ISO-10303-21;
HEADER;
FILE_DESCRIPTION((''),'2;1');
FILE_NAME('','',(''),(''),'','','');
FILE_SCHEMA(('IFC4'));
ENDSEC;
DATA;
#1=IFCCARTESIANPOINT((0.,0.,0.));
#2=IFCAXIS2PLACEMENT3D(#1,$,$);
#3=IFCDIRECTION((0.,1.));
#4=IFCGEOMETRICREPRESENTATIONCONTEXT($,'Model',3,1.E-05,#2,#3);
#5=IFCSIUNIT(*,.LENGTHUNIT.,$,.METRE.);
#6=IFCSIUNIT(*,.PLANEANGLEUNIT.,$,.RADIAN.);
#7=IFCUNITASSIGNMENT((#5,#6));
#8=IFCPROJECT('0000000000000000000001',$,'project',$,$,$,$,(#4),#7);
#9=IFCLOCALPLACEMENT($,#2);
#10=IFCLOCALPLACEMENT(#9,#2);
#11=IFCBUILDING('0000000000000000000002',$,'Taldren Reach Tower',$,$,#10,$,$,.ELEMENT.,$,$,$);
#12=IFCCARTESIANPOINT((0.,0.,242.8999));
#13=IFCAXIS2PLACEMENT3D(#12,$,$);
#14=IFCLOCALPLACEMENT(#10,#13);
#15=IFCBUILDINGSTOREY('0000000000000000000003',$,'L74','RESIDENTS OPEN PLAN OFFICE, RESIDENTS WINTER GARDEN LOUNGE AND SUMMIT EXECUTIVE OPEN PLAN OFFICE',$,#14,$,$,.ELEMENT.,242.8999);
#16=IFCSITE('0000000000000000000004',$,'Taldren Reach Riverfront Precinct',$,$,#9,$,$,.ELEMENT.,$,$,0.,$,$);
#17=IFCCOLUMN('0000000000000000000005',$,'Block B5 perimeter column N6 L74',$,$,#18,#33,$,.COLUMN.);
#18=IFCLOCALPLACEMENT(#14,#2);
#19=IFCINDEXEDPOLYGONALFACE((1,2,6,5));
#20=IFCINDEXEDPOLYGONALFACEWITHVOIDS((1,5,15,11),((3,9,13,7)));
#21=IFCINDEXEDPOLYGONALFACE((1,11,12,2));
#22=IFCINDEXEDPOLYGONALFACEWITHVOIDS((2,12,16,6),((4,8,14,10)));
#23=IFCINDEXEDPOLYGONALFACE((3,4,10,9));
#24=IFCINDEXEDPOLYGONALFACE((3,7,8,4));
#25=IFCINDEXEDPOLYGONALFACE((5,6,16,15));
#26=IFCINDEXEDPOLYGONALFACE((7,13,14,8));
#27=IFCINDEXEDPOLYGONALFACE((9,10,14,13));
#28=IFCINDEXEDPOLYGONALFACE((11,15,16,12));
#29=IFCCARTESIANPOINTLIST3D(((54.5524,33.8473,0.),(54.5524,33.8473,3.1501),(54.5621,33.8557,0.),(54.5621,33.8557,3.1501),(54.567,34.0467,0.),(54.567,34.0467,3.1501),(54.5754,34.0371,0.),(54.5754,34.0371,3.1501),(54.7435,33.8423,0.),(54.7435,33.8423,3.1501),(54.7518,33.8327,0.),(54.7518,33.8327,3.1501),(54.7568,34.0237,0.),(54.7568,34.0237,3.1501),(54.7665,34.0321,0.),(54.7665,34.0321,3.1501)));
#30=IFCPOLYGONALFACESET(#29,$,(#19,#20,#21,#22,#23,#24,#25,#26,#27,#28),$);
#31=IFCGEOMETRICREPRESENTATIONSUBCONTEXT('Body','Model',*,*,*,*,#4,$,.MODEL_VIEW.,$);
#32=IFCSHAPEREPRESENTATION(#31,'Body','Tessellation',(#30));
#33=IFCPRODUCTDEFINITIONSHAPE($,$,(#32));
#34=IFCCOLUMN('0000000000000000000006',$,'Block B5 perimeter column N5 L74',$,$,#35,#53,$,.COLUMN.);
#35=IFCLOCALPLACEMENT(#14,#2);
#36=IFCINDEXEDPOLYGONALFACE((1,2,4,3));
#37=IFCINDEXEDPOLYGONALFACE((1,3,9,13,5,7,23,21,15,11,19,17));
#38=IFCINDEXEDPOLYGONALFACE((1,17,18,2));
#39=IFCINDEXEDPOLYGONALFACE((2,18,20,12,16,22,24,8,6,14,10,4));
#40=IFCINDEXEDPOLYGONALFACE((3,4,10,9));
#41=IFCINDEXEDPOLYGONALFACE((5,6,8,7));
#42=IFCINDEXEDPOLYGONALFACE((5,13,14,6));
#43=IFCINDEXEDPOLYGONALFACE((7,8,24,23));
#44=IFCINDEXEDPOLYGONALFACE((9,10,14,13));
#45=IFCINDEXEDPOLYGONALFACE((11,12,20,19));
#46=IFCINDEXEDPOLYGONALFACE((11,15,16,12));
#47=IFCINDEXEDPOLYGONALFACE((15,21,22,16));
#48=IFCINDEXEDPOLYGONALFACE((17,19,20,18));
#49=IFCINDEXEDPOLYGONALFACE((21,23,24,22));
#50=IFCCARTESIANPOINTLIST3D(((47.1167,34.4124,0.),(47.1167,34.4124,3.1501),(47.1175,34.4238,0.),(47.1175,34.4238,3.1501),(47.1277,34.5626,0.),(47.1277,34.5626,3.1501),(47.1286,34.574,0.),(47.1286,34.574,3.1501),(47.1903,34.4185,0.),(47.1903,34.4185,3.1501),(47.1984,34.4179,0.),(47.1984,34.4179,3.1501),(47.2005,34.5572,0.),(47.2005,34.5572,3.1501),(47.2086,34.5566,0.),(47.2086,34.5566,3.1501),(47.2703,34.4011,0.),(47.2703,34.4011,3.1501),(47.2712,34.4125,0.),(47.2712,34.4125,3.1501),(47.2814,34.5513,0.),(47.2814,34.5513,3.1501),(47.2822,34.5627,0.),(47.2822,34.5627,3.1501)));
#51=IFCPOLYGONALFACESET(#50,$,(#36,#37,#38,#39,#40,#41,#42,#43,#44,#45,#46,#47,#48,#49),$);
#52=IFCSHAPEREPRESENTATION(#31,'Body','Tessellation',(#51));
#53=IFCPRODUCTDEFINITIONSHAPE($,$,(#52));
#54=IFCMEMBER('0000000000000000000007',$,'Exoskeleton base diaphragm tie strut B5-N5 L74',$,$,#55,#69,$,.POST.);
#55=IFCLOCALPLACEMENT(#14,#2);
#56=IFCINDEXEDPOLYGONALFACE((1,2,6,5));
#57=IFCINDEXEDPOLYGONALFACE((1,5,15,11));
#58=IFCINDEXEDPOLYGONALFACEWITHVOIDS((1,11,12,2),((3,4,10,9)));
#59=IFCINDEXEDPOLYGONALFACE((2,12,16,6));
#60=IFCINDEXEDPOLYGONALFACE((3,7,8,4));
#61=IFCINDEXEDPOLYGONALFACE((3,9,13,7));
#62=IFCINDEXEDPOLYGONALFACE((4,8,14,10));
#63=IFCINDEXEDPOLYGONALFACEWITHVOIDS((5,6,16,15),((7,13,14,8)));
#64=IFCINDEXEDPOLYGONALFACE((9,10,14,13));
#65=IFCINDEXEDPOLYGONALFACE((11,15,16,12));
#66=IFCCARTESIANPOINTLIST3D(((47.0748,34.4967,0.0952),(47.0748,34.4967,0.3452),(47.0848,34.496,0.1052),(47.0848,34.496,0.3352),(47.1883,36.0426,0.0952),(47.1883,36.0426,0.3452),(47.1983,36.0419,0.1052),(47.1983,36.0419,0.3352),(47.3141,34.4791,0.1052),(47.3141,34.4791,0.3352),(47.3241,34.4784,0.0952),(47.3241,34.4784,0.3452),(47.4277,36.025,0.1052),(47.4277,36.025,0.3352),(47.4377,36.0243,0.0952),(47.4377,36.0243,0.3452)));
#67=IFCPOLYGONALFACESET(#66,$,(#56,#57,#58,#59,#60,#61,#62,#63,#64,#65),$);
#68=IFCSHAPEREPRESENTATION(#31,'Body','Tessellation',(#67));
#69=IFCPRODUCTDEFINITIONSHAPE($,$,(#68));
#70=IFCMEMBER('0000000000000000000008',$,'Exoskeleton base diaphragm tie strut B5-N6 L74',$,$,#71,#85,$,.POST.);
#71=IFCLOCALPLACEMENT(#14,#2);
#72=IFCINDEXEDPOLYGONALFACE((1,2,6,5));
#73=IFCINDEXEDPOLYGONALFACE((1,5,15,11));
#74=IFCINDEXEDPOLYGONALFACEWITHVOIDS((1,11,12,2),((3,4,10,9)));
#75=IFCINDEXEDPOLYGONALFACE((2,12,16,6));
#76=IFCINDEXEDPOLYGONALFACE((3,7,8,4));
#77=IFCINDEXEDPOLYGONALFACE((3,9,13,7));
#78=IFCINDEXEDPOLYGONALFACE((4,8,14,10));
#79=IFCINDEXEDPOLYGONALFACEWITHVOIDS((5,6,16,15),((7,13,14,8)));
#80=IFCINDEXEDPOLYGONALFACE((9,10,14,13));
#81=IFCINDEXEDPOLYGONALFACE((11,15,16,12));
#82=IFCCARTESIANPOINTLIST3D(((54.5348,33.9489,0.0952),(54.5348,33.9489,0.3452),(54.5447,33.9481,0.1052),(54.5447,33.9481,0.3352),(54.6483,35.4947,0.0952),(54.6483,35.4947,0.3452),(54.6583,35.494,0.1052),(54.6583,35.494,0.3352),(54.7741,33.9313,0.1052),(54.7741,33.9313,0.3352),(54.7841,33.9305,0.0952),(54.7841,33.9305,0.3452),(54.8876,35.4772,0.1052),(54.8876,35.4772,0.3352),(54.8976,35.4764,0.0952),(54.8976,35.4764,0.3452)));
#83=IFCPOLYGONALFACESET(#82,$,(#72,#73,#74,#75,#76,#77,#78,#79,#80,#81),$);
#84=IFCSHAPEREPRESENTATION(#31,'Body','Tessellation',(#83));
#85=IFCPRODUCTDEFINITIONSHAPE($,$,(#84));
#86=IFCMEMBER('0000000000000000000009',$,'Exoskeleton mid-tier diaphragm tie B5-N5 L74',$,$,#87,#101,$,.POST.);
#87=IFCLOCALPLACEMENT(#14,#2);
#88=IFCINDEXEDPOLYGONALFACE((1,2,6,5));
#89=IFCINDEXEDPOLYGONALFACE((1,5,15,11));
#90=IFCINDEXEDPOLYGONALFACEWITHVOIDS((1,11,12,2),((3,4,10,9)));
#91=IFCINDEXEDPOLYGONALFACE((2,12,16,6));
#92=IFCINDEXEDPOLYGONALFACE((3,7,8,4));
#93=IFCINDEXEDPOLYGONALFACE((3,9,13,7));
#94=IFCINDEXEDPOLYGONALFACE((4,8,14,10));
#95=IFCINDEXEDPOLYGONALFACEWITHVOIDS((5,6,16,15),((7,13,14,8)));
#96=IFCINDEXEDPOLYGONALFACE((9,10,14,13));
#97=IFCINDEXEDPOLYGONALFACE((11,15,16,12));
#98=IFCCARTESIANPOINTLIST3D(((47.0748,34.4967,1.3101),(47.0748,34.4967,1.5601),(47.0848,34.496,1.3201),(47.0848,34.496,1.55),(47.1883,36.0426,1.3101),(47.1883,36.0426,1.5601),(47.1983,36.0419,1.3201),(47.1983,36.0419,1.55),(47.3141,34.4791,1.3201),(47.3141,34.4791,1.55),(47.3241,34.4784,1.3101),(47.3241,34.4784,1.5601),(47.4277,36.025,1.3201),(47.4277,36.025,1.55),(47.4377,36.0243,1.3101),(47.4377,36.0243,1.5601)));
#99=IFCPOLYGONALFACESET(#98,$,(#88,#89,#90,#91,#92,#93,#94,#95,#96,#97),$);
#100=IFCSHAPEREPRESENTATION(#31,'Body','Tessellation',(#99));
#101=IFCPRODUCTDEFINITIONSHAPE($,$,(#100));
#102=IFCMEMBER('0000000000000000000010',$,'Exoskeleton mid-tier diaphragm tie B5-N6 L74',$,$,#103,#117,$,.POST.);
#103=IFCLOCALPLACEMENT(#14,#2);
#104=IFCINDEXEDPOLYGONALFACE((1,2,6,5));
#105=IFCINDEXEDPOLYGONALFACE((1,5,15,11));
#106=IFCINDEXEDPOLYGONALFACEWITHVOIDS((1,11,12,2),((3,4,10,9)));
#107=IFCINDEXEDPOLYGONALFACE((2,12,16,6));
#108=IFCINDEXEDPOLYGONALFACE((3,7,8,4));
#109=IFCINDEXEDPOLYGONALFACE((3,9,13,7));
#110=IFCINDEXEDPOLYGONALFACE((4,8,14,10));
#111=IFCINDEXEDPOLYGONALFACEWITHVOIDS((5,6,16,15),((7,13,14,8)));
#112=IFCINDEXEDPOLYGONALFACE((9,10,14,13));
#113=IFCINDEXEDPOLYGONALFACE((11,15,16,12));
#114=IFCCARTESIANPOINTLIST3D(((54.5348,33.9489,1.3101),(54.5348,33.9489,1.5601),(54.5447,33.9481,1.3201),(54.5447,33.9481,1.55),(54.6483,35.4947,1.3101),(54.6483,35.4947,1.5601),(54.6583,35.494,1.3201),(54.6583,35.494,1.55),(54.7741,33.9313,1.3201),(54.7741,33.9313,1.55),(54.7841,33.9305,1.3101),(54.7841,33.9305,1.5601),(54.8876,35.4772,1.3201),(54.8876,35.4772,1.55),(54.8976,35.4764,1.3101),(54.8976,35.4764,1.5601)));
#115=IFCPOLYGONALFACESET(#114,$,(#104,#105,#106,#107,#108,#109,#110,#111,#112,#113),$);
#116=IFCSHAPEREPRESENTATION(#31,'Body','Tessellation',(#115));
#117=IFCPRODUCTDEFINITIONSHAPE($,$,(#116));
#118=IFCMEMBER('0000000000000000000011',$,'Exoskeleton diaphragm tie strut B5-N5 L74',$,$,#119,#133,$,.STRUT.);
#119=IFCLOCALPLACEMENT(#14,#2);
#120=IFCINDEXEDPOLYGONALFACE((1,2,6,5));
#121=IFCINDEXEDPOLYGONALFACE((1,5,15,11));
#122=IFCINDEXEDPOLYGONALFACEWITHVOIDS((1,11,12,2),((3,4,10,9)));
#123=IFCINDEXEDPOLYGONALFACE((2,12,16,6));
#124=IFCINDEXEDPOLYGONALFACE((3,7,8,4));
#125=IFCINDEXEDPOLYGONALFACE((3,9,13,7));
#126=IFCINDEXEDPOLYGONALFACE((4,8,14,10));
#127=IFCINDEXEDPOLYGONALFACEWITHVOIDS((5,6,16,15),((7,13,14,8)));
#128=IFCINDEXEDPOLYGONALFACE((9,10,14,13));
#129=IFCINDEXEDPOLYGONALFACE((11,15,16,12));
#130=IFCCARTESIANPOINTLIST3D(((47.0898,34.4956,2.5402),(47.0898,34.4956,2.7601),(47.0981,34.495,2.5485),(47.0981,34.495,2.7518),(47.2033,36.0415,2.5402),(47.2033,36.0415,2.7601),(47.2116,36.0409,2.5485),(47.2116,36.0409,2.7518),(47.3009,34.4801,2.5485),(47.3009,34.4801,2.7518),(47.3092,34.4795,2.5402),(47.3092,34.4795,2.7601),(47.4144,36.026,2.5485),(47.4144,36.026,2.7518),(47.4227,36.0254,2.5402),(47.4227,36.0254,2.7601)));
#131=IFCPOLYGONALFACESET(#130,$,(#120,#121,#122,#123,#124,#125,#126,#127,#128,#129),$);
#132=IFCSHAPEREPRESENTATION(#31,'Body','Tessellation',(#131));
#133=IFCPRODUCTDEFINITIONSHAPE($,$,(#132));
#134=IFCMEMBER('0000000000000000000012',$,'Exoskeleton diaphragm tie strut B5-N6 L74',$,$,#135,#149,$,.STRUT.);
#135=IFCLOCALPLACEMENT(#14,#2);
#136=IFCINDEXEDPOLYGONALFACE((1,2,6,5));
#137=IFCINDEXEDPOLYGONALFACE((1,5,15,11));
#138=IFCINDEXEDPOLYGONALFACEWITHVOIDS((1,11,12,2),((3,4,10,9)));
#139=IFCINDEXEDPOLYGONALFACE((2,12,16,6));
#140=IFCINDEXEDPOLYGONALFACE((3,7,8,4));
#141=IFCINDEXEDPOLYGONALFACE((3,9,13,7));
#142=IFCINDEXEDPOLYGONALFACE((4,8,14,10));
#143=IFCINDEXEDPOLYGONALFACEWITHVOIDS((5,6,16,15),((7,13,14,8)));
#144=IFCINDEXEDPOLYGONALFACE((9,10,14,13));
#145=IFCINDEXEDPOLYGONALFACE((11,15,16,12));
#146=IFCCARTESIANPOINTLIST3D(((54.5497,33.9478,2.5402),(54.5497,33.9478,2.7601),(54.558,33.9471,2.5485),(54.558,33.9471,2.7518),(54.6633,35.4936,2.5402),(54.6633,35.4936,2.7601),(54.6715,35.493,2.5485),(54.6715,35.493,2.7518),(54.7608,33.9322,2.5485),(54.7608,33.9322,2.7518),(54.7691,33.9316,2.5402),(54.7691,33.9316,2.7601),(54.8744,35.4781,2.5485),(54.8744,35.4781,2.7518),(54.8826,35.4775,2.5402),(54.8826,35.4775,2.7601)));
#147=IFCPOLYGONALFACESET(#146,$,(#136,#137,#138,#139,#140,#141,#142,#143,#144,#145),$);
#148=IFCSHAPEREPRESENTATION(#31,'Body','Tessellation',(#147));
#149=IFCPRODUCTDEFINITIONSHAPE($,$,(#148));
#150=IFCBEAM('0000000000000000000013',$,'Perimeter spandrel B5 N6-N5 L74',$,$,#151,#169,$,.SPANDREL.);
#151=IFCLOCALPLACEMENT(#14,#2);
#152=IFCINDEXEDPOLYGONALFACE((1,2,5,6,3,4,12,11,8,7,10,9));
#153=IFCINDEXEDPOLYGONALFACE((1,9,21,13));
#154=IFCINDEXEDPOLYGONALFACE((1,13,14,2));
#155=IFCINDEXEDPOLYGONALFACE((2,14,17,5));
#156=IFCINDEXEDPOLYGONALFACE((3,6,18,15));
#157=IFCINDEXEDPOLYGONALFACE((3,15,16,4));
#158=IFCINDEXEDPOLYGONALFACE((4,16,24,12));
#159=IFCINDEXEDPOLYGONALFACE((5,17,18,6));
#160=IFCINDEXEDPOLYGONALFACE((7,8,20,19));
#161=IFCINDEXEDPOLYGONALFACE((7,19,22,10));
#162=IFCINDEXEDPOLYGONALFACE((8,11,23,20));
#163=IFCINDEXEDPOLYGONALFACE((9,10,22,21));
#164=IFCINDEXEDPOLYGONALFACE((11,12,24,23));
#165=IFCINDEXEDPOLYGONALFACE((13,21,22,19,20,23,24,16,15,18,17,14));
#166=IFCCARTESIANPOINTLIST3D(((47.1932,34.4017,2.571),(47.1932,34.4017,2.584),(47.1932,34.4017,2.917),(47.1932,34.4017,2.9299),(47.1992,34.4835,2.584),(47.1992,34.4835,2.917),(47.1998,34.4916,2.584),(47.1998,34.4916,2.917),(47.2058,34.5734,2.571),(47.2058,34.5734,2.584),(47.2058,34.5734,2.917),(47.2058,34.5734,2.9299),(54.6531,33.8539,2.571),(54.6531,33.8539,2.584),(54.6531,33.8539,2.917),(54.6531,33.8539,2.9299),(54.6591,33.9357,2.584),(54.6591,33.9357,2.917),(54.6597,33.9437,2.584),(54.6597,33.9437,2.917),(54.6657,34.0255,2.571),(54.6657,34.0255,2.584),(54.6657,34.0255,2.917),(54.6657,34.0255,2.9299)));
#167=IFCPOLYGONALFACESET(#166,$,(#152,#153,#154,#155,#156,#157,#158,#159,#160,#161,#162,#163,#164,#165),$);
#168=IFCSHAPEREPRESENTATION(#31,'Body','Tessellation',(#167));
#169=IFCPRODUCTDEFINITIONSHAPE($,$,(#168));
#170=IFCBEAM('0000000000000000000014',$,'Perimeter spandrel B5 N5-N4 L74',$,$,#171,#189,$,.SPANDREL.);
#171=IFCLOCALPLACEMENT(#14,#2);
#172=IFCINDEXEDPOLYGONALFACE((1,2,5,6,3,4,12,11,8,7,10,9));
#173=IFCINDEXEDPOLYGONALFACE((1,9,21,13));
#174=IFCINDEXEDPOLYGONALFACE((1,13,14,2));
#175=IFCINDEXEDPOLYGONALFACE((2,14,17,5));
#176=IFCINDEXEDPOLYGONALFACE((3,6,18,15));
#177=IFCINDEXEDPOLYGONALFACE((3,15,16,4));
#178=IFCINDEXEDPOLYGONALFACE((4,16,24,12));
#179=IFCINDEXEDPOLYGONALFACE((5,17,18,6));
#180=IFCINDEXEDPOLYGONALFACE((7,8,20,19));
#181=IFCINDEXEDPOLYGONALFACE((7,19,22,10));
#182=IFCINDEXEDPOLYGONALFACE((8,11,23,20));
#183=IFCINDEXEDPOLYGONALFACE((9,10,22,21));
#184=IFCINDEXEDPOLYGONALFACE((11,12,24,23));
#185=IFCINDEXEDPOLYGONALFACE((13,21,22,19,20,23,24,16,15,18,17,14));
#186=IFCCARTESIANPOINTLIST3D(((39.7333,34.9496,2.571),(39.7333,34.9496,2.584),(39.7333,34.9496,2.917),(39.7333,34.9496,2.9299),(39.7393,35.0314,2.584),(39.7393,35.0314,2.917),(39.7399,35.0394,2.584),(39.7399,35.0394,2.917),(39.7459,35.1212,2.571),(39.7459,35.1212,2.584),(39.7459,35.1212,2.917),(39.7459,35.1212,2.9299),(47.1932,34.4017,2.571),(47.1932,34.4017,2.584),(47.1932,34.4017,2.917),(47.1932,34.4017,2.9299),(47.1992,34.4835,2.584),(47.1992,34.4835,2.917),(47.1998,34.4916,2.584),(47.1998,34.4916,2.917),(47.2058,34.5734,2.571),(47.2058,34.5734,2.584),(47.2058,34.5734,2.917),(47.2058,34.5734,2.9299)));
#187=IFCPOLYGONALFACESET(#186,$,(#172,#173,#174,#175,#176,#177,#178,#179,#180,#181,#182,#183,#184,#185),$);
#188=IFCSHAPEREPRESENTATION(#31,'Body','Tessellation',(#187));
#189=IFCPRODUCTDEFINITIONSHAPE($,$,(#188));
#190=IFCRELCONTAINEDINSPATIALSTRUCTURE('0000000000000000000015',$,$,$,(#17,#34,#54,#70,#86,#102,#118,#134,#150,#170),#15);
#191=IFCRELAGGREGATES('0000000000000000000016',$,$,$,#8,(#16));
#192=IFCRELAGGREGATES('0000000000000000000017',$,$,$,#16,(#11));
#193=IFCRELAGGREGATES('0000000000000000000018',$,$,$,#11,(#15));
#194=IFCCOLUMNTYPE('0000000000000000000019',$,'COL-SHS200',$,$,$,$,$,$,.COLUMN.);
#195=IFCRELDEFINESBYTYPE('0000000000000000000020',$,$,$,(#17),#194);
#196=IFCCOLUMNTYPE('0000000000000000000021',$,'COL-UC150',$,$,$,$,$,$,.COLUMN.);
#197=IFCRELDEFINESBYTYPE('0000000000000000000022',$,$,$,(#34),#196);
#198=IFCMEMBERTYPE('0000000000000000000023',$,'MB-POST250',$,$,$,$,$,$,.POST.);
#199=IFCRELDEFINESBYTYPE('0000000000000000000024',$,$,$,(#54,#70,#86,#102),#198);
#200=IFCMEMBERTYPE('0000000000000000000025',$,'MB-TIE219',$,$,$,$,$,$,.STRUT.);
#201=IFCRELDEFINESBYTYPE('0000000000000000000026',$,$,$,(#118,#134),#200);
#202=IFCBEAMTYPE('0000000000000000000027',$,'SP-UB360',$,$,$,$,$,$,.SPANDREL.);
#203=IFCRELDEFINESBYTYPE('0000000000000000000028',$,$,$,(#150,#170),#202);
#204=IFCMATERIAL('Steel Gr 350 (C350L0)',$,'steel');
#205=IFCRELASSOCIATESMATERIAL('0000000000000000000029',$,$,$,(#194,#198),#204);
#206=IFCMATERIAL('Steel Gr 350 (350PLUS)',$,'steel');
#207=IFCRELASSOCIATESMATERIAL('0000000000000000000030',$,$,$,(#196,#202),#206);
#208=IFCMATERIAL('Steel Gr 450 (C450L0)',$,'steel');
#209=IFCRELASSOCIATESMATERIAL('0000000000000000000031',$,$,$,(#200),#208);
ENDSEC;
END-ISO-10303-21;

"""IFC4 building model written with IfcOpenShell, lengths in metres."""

from ifc_helpers import new_model, si_unit, direction, frame, origin, origin_2d, place, context, subcontext, project, spatial, hollow_rectangle, i_section, extrude, source, transform, mapped, material, material_profile, profile_set, type_object, element, save


model = new_model("IFC4")

# Units and contexts
model_context = context("Model", 3, precision=1e-05, world=origin(), true_north=direction((0.0, 1.0)))
body_context = subcontext(model_context, "Body", "Model", "MODEL_VIEW")
ifc_project = project(units=[si_unit("LENGTHUNIT", "METRE"), si_unit("PLANEANGLEUNIT", "RADIAN")], contexts=[model_context])

# Site, building, storey
site_placement = place(None, origin())
site = spatial("IfcSite", under=ifc_project, at=site_placement, Name="Taldren Reach Riverfront Precinct", CompositionType="ELEMENT", RefElevation=0.0)
building_placement = place(site_placement, origin())
building = spatial("IfcBuilding", under=site, at=building_placement, Name="Taldren Reach Tower", CompositionType="ELEMENT")
storey_placement = place(building_placement, frame((0.0, 0.0, 242.8999)))
storey = spatial("IfcBuildingStorey", under=building, at=storey_placement, Name="L74", Description="RESIDENTS OPEN PLAN OFFICE, RESIDENTS WINTER GARDEN LOUNGE AND SUMMIT EXECUTIVE OPEN PLAN OFFICE", CompositionType="ELEMENT", Elevation=242.8999)

# Columns
ifc_material_1 = material(Name="Steel Gr 350 (C350L0)", Category="steel")
ifc_material_profile_1 = material_profile(ifc_material_1, hollow_rectangle(XDim=0.2, YDim=0.2, WallThickness=0.009, at=origin_2d()), Name="200x200x9.0SHS")
ifc_profile_set_1 = profile_set([ifc_material_profile_1], Name="Steel Gr 350 (C350L0)")
column_type_1 = type_object("IfcColumnType", Name="COL-SHS200", PredefinedType="COLUMN", material=ifc_profile_set_1)
shared_shape_1 = source(origin(), body_context, "Body", "SweptSolid", [
    extrude(hollow_rectangle(XDim=0.2, YDim=0.2, WallThickness=0.009, at=origin_2d()), origin(), (0.0, 0.0, 1.0), 3.1501),
])
column_1_placement = place(storey_placement, frame((54.6594, 33.9397, 0.0), z_axis=(0.0, 0.0, 1.0), x_axis=(0.997314, -0.073238, 0.0)))
element("IfcColumn", 1, at=column_1_placement, inside=storey, type_object=column_type_1, Name="Block B5 perimeter column N6 L74", PredefinedType="COLUMN", context=body_context, shape_type="MappedRepresentation", body=[
    mapped(shared_shape_1, transform((0.0, 0.0, 0.0), scale=1.0)),
])
ifc_material_2 = material(Name="Steel Gr 350 (350PLUS)", Category="steel")
ifc_material_profile_2 = material_profile(ifc_material_2, i_section(OverallWidth=0.1541, OverallDepth=0.1621, WebThickness=0.0081, FlangeThickness=0.0115, at=origin_2d()), Name="150UC37.2")
ifc_profile_set_2 = profile_set([ifc_material_profile_2], Name="Steel Gr 350 (350PLUS)")
column_type_2 = type_object("IfcColumnType", Name="COL-UC150", PredefinedType="COLUMN", material=ifc_profile_set_2)
shared_shape_2 = source(origin(), body_context, "Body", "SweptSolid", [
    extrude(i_section(OverallWidth=0.1541, OverallDepth=0.1621, WebThickness=0.0081, FlangeThickness=0.0115, at=origin_2d()), origin(), (0.0, 0.0, 1.0), 3.1501),
])
column_2_placement = place(storey_placement, frame((47.1995, 34.4875, 0.0), z_axis=(0.0, 0.0, 1.0), x_axis=(0.997314, -0.073238, 0.0)))
element("IfcColumn", 2, at=column_2_placement, inside=storey, type_object=column_type_2, Name="Block B5 perimeter column N5 L74", PredefinedType="COLUMN", context=body_context, shape_type="MappedRepresentation", body=[
    mapped(shared_shape_2, transform((0.0, 0.0, 0.0), scale=1.0)),
])

# Members
ifc_material_profile_3 = material_profile(ifc_material_1, hollow_rectangle(XDim=0.25, YDim=0.25, WallThickness=0.01, at=origin_2d()), Name="250x250x10.0SHS")
ifc_profile_set_3 = profile_set([ifc_material_profile_3], Name="Steel Gr 350 (C350L0)")
member_type_1 = type_object("IfcMemberType", Name="MB-POST250", PredefinedType="POST", material=ifc_profile_set_3)
shared_shape_3 = source(origin(), body_context, "Body", "SweptSolid", [
    extrude(hollow_rectangle(XDim=0.25, YDim=0.25, WallThickness=0.01, at=origin_2d()), origin(), (0.0, 0.0, 1.0), 1.55),
])
for number, where, z_axis, x_axis, name in (
    (3, (47.1995, 34.4875, 0.2202), (0.073239, 0.997314, 0.0), (-0.997314, 0.073239, 0.0), "Exoskeleton base diaphragm tie strut B5-N5 L74"),
    (4, (54.6594, 33.9397, 0.2202), (0.073239, 0.997314, 0.0), (-0.997314, 0.073239, 0.0), "Exoskeleton base diaphragm tie strut B5-N6 L74"),
    (5, (47.1995, 34.4875, 1.4351), (0.073239, 0.997314, 0.0), (-0.997314, 0.073239, 0.0), "Exoskeleton mid-tier diaphragm tie B5-N5 L74"),
    (6, (54.6594, 33.9397, 1.4351), (0.073239, 0.997314, 0.0), (-0.997314, 0.073239, 0.0), "Exoskeleton mid-tier diaphragm tie B5-N6 L74"),
):
    element("IfcMember", number, at=place(storey_placement, frame(where, z_axis=z_axis, x_axis=x_axis)), inside=storey, type_object=member_type_1, Name=name, PredefinedType="POST", context=body_context, shape_type="MappedRepresentation", body=[
        mapped(shared_shape_3, transform((0.0, 0.0, 0.0), scale=1.0)),
    ])
ifc_material_3 = material(Name="Steel Gr 450 (C450L0)", Category="steel")
ifc_material_profile_4 = material_profile(ifc_material_3, hollow_rectangle(XDim=0.22, YDim=0.22, WallThickness=0.0083, at=origin_2d()), Name="220x220x8.2SHS")
ifc_profile_set_4 = profile_set([ifc_material_profile_4], Name="Steel Gr 450 (C450L0)")
member_type_2 = type_object("IfcMemberType", Name="MB-TIE219", PredefinedType="STRUT", material=ifc_profile_set_4)
shared_shape_4 = source(origin(), body_context, "Body", "SweptSolid", [
    extrude(hollow_rectangle(XDim=0.22, YDim=0.22, WallThickness=0.0083, at=origin_2d()), origin(), (0.0, 0.0, 1.0), 1.55),
])
for number, where, z_axis, x_axis, name in (
    (7, (47.1995, 34.4875, 2.6501), (0.073239, 0.997314, 0.0), (-0.997314, 0.073239, 0.0), "Exoskeleton diaphragm tie strut B5-N5 L74"),
    (8, (54.6594, 33.9397, 2.6501), (0.073239, 0.997314, 0.0), (-0.997314, 0.073239, 0.0), "Exoskeleton diaphragm tie strut B5-N6 L74"),
):
    element("IfcMember", number, at=place(storey_placement, frame(where, z_axis=z_axis, x_axis=x_axis)), inside=storey, type_object=member_type_2, Name=name, PredefinedType="STRUT", context=body_context, shape_type="MappedRepresentation", body=[
        mapped(shared_shape_4, transform((0.0, 0.0, 0.0), scale=1.0)),
    ])

# Beams
ifc_material_profile_5 = material_profile(ifc_material_2, i_section(OverallWidth=0.1721, OverallDepth=0.3589, WebThickness=0.0081, FlangeThickness=0.0129, at=origin_2d()), Name="360UB56.7")
ifc_profile_set_5 = profile_set([ifc_material_profile_5], Name="Steel Gr 350 (350PLUS)")
beam_type_1 = type_object("IfcBeamType", Name="SP-UB360", PredefinedType="SPANDREL", material=ifc_profile_set_5)
shared_shape_5 = source(origin(), body_context, "Body", "SweptSolid", [
    extrude(i_section(OverallWidth=0.1721, OverallDepth=0.3589, WebThickness=0.0081, FlangeThickness=0.0129, at=origin_2d()), origin(), (0.0, 0.0, 1.0), 7.48),
])
for number, where, z_axis, x_axis, name in (
    (9, (54.6594, 33.9397, 2.7505), (-0.997314, 0.073242, 0.0), (-0.073242, -0.997314, 0.0), "Perimeter spandrel B5 N6-N5 L74"),
    (10, (47.1995, 34.4875, 2.7505), (-0.997314, 0.073242, 0.0), (-0.073242, -0.997314, 0.0), "Perimeter spandrel B5 N5-N4 L74"),
):
    element("IfcBeam", number, at=place(storey_placement, frame(where, z_axis=z_axis, x_axis=x_axis)), inside=storey, type_object=beam_type_1, Name=name, PredefinedType="SPANDREL", context=body_context, shape_type="MappedRepresentation", body=[
        mapped(shared_shape_5, transform((0.0, 0.0, 0.0), scale=1.0)),
    ])

save(model, "model.ifc")
